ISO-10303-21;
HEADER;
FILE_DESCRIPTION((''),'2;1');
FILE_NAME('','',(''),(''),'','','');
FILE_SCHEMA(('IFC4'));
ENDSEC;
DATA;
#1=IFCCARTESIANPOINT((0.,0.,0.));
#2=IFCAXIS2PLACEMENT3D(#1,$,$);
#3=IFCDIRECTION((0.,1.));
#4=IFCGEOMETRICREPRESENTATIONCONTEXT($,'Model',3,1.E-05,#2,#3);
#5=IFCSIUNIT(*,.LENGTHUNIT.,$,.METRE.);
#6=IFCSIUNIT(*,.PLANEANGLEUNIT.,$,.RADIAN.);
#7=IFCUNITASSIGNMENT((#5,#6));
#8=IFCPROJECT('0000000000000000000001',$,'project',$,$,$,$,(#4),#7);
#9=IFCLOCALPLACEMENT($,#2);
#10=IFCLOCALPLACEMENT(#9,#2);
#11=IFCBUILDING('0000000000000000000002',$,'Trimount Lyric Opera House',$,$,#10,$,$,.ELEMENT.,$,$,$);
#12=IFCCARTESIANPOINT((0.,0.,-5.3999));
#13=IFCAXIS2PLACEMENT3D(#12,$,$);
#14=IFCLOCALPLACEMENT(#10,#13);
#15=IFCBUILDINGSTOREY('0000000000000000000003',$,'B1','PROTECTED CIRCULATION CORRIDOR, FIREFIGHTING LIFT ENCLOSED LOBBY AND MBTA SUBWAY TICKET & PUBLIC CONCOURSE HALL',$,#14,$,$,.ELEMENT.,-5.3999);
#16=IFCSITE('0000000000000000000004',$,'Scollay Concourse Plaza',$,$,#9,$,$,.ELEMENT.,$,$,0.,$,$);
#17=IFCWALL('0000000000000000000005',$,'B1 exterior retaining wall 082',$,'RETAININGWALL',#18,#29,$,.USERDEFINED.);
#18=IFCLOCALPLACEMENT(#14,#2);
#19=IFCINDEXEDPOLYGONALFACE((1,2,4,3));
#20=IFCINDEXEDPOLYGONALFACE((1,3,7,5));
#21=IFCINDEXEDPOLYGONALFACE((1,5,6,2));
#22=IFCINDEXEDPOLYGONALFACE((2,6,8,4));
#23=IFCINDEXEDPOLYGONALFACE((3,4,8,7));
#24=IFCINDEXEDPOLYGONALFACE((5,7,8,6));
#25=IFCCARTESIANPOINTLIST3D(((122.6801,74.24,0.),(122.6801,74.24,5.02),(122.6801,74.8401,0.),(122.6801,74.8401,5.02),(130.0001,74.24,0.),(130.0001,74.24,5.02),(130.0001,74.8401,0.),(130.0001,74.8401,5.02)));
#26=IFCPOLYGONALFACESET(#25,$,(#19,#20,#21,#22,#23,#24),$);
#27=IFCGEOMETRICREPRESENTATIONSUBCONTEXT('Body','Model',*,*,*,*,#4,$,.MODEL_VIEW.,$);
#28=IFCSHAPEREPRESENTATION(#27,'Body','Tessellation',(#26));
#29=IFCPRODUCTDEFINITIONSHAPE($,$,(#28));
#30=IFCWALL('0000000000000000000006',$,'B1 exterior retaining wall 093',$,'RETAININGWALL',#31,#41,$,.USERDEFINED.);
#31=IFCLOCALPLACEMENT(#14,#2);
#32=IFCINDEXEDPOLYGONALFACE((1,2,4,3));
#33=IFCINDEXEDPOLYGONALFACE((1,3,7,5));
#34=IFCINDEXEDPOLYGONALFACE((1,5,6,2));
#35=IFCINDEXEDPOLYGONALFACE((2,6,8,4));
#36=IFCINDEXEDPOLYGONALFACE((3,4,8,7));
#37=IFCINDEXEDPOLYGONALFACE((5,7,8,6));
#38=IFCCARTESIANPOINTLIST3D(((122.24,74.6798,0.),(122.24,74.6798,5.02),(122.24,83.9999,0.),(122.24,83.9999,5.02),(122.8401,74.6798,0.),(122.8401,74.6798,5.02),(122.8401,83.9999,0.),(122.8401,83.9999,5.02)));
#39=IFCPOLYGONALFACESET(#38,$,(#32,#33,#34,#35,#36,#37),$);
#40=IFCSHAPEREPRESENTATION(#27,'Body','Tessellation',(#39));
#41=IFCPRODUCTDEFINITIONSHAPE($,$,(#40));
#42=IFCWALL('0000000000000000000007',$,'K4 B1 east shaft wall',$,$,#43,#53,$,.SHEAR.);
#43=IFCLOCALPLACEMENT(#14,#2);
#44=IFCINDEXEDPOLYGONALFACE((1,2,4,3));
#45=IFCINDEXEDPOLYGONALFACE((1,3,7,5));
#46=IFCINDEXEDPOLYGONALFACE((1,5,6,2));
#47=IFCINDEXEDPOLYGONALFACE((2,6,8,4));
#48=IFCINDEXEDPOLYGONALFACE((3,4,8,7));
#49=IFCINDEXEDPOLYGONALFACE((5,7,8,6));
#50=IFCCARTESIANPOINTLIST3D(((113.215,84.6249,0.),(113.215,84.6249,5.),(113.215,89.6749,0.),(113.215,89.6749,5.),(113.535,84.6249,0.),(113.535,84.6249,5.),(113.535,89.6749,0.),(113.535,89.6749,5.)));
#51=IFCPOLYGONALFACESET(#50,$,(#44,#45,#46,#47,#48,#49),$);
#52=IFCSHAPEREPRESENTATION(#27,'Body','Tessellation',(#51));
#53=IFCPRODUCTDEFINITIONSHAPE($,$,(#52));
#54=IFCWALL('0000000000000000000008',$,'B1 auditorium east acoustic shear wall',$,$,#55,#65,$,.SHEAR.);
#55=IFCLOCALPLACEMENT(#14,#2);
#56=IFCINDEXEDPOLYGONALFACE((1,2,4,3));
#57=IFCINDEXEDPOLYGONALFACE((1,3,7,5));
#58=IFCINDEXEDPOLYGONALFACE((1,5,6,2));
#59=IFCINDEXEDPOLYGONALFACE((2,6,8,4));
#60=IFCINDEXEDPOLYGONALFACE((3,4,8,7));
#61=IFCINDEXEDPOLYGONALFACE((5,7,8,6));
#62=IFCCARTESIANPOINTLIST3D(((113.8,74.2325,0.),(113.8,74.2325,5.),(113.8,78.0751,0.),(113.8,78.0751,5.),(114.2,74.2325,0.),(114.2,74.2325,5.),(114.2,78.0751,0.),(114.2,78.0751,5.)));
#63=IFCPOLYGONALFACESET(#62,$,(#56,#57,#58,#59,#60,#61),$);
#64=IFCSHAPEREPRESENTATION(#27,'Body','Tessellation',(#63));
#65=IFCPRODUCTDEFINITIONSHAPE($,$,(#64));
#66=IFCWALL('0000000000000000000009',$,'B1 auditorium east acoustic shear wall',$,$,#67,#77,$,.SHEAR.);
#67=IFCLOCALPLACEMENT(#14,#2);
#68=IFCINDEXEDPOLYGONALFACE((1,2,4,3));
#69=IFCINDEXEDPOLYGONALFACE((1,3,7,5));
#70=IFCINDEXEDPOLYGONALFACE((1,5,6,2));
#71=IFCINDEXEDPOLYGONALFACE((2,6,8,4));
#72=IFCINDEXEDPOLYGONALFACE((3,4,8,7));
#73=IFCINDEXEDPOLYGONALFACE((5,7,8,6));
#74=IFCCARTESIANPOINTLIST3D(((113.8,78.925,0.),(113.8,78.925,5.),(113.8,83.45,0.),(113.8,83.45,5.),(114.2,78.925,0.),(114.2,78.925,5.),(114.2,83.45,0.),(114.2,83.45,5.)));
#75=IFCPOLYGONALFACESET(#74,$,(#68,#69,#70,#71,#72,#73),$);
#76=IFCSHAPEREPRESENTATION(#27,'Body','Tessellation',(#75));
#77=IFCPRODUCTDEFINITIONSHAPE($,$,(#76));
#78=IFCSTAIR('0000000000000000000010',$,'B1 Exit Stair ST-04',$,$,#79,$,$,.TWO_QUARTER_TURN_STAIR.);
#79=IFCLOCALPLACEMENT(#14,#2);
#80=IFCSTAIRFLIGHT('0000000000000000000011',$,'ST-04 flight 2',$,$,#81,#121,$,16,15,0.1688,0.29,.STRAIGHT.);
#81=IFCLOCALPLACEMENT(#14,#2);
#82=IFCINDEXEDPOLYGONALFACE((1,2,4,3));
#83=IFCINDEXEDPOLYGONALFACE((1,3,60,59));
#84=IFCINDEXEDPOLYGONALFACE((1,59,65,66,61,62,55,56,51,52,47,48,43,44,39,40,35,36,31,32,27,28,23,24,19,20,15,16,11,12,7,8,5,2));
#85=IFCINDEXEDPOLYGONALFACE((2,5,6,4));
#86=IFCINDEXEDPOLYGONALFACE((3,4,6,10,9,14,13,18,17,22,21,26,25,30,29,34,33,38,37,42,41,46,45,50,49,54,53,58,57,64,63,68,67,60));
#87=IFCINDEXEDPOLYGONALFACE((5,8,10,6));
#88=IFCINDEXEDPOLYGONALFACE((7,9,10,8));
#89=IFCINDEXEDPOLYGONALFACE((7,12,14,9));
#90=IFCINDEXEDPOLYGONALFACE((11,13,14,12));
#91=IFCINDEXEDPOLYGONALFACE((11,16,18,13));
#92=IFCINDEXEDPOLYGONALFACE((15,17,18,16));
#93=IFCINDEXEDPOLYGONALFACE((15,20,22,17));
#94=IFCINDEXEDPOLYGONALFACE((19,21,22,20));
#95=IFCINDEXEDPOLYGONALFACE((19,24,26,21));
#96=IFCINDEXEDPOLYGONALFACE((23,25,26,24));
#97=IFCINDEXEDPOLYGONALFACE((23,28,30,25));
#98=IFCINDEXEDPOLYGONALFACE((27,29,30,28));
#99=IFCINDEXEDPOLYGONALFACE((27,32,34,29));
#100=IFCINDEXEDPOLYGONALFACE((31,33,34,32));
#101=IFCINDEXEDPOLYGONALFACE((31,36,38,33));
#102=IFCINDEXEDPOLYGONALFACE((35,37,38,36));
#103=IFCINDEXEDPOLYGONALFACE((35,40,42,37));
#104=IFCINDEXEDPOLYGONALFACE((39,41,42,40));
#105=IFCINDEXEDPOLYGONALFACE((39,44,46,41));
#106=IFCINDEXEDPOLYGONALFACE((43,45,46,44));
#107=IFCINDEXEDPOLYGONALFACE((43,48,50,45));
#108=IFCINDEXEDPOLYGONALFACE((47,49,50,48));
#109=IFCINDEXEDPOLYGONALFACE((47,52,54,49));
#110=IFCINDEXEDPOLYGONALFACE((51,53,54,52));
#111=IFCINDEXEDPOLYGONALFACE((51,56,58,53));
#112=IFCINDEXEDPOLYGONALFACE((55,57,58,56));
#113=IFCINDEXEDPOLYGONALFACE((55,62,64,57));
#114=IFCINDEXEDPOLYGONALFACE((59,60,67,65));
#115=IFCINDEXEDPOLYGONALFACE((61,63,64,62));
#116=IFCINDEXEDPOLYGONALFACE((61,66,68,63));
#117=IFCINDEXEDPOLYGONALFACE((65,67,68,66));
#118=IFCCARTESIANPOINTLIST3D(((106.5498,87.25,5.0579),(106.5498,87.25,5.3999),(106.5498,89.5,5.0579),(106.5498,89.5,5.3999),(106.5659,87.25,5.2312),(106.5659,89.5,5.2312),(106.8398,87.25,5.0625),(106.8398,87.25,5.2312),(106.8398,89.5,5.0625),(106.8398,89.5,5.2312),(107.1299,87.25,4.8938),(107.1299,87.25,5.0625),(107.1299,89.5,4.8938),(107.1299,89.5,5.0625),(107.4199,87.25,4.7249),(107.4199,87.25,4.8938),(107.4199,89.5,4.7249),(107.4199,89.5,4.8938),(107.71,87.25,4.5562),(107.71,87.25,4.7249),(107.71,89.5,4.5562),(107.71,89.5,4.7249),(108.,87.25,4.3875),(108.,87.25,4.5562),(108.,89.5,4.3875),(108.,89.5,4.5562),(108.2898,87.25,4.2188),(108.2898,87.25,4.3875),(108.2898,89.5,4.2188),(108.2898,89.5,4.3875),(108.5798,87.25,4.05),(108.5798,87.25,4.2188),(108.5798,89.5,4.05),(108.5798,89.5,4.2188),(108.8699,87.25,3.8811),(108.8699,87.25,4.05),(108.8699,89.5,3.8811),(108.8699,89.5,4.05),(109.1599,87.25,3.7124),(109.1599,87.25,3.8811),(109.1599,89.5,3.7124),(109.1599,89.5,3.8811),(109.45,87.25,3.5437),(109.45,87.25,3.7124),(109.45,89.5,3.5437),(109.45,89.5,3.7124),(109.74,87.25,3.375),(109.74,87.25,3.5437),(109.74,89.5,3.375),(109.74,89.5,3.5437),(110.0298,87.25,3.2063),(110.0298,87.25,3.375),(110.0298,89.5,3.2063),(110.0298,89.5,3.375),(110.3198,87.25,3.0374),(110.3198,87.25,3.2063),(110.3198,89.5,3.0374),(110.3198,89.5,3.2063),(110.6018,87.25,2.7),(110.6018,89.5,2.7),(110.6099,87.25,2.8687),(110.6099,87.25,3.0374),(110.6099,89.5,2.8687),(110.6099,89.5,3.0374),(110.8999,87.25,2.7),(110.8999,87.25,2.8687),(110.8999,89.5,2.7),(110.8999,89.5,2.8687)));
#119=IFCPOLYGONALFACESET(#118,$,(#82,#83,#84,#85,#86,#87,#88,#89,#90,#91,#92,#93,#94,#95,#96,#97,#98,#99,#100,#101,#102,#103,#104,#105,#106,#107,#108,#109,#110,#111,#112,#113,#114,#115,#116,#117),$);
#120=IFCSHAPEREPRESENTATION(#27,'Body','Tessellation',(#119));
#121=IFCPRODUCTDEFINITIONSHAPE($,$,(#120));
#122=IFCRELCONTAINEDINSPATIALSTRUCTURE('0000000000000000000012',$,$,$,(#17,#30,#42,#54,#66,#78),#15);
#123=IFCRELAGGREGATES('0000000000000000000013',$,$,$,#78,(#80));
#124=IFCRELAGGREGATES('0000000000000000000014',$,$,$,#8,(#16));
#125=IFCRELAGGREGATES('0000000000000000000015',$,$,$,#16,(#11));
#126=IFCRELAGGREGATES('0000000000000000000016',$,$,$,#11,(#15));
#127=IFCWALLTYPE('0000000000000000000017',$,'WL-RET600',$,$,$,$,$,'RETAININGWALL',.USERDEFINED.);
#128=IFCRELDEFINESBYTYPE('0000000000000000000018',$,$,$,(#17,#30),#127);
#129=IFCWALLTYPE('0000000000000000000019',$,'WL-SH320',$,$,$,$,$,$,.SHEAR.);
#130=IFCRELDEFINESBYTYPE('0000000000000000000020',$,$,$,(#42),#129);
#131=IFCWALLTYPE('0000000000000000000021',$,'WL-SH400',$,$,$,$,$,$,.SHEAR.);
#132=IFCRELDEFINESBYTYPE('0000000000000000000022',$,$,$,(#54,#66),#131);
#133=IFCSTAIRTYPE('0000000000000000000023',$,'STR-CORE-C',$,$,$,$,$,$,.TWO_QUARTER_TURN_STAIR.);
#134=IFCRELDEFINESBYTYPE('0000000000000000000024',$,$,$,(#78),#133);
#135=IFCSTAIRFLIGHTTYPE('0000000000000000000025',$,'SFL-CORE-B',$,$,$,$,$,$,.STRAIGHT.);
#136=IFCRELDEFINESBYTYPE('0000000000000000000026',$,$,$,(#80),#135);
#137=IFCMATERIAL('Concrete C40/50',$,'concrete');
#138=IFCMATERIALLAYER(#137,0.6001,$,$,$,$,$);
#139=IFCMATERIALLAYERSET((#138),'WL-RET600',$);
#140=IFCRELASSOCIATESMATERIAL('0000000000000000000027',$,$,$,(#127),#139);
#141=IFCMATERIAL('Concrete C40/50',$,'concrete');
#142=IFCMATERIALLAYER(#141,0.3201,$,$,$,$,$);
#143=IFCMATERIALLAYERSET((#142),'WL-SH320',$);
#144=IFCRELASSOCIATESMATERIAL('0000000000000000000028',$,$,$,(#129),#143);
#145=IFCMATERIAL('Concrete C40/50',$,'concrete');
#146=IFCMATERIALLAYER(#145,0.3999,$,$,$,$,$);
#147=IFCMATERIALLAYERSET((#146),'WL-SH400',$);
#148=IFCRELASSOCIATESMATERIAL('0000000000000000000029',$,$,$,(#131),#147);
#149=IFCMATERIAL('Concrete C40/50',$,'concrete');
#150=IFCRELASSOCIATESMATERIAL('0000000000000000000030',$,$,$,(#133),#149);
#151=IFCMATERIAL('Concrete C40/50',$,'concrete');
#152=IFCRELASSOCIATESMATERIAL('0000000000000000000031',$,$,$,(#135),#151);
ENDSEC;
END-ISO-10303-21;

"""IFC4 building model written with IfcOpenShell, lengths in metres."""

from ifc_helpers import new_model, si_unit, direction, frame, frame_2d, origin, place, context, subcontext, project, spatial, polyline, rectangle, outline, extrude, material, layer, layer_set, type_object, element, aggregate, save


model = new_model("IFC4")

# Units and contexts
model_context = context("Model", 3, precision=1e-05, world=origin(), true_north=direction((0.0, 1.0)))
body_context = subcontext(model_context, "Body", "Model", "MODEL_VIEW")
ifc_project = project(units=[si_unit("LENGTHUNIT", "METRE"), si_unit("PLANEANGLEUNIT", "RADIAN")], contexts=[model_context])

# Site, building, storey
site_placement = place(None, origin())
site = spatial("IfcSite", under=ifc_project, at=site_placement, Name="Scollay Concourse Plaza", CompositionType="ELEMENT", RefElevation=0.0)
building_placement = place(site_placement, origin())
building = spatial("IfcBuilding", under=site, at=building_placement, Name="Trimount Lyric Opera House", CompositionType="ELEMENT")
storey_placement = place(building_placement, frame((0.0, 0.0, -5.3999)))
storey = spatial("IfcBuildingStorey", under=building, at=storey_placement, Name="B1", Description="PROTECTED CIRCULATION CORRIDOR, FIREFIGHTING LIFT ENCLOSED LOBBY AND MBTA SUBWAY TICKET & PUBLIC CONCOURSE HALL", CompositionType="ELEMENT", Elevation=-5.3999)

# Walls
ifc_material_1 = material(Name="Concrete C40/50", Category="concrete")
ifc_layer_1 = layer(ifc_material_1, 0.6001)
ifc_layer_set_1 = layer_set([ifc_layer_1], Name="WL-RET600")
wall_type_1 = type_object("IfcWallType", Name="WL-RET600", ElementType="RETAININGWALL", PredefinedType="USERDEFINED", material=ifc_layer_set_1)
wall_1_placement = place(storey_placement, frame((122.6799, 74.54, 0.0), z_axis=(0.0, 0.0, 1.0), x_axis=(1.0, 0.0, 0.0)))
element("IfcWall", 1, at=wall_1_placement, inside=storey, type_object=wall_type_1, Name="B1 exterior retaining wall 082", ObjectType="RETAININGWALL", PredefinedType="USERDEFINED", context=body_context, shape_type="SweptSolid", body=[
    extrude(rectangle(XDim=7.3201, YDim=0.6001, at=frame_2d((3.6602, 0.0))), origin(), (0.0, 0.0, 1.0), 5.02),
])
wall_2_placement = place(storey_placement, frame((122.54, 84.0, 0.0), z_axis=(0.0, 0.0, 1.0), x_axis=(0.0, -1.0, 0.0)))
element("IfcWall", 2, at=wall_2_placement, inside=storey, type_object=wall_type_1, Name="B1 exterior retaining wall 093", ObjectType="RETAININGWALL", PredefinedType="USERDEFINED", context=body_context, shape_type="SweptSolid", body=[
    extrude(rectangle(XDim=9.3201, YDim=0.6001, at=frame_2d((4.6602, 0.0))), origin(), (0.0, 0.0, 1.0), 5.02),
])
ifc_material_2 = material(Name="Concrete C40/50", Category="concrete")
ifc_layer_2 = layer(ifc_material_2, 0.3201)
ifc_layer_set_2 = layer_set([ifc_layer_2], Name="WL-SH320")
wall_type_2 = type_object("IfcWallType", Name="WL-SH320", PredefinedType="SHEAR", material=ifc_layer_set_2)
wall_3_placement = place(storey_placement, frame((113.375, 84.625, 0.0), z_axis=(0.0, 0.0, 1.0), x_axis=(0.0, 1.0, 0.0)))
element("IfcWall", 3, at=wall_3_placement, inside=storey, type_object=wall_type_2, Name="K4 B1 east shaft wall", PredefinedType="SHEAR", context=body_context, shape_type="SweptSolid", body=[
    extrude(rectangle(XDim=5.05, YDim=0.3201, at=frame_2d((2.5249, 0.0))), origin(), (0.0, 0.0, 1.0), 5.0),
])
ifc_material_3 = material(Name="Concrete C40/50", Category="concrete")
ifc_layer_3 = layer(ifc_material_3, 0.3999)
ifc_layer_set_3 = layer_set([ifc_layer_3], Name="WL-SH400")
wall_type_3 = type_object("IfcWallType", Name="WL-SH400", PredefinedType="SHEAR", material=ifc_layer_set_3)
wall_4_placement = place(storey_placement, frame((114.0, 74.2324, 0.0), z_axis=(0.0, 0.0, 1.0), x_axis=(0.0, 1.0, 0.0)))
element("IfcWall", 4, at=wall_4_placement, inside=storey, type_object=wall_type_3, Name="B1 auditorium east acoustic shear wall", PredefinedType="SHEAR", context=body_context, shape_type="SweptSolid", body=[
    extrude(rectangle(XDim=3.8425, YDim=0.3999, at=frame_2d((1.9214, 0.0))), origin(), (0.0, 0.0, 1.0), 5.0),
])
wall_5_placement = place(storey_placement, frame((114.0, 78.925, 0.0), z_axis=(0.0, 0.0, 1.0), x_axis=(0.0, 1.0, 0.0)))
element("IfcWall", 5, at=wall_5_placement, inside=storey, type_object=wall_type_3, Name="B1 auditorium east acoustic shear wall", PredefinedType="SHEAR", context=body_context, shape_type="SweptSolid", body=[
    extrude(rectangle(XDim=4.5249, YDim=0.3999, at=frame_2d((2.2625, 0.0))), origin(), (0.0, 0.0, 1.0), 5.0),
])

# Stair, stair flight
ifc_material_4 = material(Name="Concrete C40/50", Category="concrete")
stair_type = type_object("IfcStairType", Name="STR-CORE-C", PredefinedType="TWO_QUARTER_TURN_STAIR", material=ifc_material_4)
stair_placement = place(storey_placement, origin())
stair = element("IfcStair", 6, at=stair_placement, inside=storey, type_object=stair_type, Name="B1 Exit Stair ST-04", PredefinedType="TWO_QUARTER_TURN_STAIR")
ifc_material_5 = material(Name="Concrete C40/50", Category="concrete")
stair_flight_type = type_object("IfcStairFlightType", Name="SFL-CORE-B", PredefinedType="STRAIGHT", material=ifc_material_5)
stair_flight_placement = place(storey_placement, frame((110.8999, 88.375, 2.7), z_axis=(0.0, 0.0, 1.0), x_axis=(-1.0, 0.0, 0.0)))
stair_flight = element("IfcStairFlight", 7, at=stair_flight_placement, type_object=stair_flight_type, Name="ST-04 flight 2", NumberOfRisers=16, NumberOfTreads=15, PredefinedType="STRAIGHT", RiserHeight=0.1688, TreadLength=0.29, context=body_context, shape_type="SweptSolid", body=[
    extrude(outline(polyline([(0.0, 0.0), (0.0, 0.1687), (0.29, 0.1687), (0.29, 0.3374), (0.5801, 0.3374), (0.5801, 0.5063), (0.8701, 0.5063), (0.8701, 0.675), (1.1599, 0.675), (1.1599, 0.8438), (1.45, 0.8438), (1.45, 1.0125), (1.74, 1.0125), (1.74, 1.1812), (2.03, 1.1812), (2.03, 1.3501), (2.3201, 1.3501), (2.3201, 1.5188), (2.6101, 1.5188), (2.6101, 1.6875), (2.8999, 1.6875), (2.8999, 1.8562), (3.1899, 1.8562), (3.1899, 2.0249), (3.48, 2.0249), (3.48, 2.1938), (3.77, 2.1938), (3.77, 2.3625), (4.0601, 2.3625), (4.0601, 2.5312), (4.334, 2.5312), (4.3501, 2.7), (4.3501, 2.3579), (0.2981, 0.0), (0.0, 0.0)])), frame((0.0, 1.125, 0.0), z_axis=(0.0, -1.0, 0.0), x_axis=(1.0, 0.0, 0.0)), (0.0, 0.0, 1.0), 2.25),
])
aggregate(stair, [stair_flight])

save(model, "model.ifc")
